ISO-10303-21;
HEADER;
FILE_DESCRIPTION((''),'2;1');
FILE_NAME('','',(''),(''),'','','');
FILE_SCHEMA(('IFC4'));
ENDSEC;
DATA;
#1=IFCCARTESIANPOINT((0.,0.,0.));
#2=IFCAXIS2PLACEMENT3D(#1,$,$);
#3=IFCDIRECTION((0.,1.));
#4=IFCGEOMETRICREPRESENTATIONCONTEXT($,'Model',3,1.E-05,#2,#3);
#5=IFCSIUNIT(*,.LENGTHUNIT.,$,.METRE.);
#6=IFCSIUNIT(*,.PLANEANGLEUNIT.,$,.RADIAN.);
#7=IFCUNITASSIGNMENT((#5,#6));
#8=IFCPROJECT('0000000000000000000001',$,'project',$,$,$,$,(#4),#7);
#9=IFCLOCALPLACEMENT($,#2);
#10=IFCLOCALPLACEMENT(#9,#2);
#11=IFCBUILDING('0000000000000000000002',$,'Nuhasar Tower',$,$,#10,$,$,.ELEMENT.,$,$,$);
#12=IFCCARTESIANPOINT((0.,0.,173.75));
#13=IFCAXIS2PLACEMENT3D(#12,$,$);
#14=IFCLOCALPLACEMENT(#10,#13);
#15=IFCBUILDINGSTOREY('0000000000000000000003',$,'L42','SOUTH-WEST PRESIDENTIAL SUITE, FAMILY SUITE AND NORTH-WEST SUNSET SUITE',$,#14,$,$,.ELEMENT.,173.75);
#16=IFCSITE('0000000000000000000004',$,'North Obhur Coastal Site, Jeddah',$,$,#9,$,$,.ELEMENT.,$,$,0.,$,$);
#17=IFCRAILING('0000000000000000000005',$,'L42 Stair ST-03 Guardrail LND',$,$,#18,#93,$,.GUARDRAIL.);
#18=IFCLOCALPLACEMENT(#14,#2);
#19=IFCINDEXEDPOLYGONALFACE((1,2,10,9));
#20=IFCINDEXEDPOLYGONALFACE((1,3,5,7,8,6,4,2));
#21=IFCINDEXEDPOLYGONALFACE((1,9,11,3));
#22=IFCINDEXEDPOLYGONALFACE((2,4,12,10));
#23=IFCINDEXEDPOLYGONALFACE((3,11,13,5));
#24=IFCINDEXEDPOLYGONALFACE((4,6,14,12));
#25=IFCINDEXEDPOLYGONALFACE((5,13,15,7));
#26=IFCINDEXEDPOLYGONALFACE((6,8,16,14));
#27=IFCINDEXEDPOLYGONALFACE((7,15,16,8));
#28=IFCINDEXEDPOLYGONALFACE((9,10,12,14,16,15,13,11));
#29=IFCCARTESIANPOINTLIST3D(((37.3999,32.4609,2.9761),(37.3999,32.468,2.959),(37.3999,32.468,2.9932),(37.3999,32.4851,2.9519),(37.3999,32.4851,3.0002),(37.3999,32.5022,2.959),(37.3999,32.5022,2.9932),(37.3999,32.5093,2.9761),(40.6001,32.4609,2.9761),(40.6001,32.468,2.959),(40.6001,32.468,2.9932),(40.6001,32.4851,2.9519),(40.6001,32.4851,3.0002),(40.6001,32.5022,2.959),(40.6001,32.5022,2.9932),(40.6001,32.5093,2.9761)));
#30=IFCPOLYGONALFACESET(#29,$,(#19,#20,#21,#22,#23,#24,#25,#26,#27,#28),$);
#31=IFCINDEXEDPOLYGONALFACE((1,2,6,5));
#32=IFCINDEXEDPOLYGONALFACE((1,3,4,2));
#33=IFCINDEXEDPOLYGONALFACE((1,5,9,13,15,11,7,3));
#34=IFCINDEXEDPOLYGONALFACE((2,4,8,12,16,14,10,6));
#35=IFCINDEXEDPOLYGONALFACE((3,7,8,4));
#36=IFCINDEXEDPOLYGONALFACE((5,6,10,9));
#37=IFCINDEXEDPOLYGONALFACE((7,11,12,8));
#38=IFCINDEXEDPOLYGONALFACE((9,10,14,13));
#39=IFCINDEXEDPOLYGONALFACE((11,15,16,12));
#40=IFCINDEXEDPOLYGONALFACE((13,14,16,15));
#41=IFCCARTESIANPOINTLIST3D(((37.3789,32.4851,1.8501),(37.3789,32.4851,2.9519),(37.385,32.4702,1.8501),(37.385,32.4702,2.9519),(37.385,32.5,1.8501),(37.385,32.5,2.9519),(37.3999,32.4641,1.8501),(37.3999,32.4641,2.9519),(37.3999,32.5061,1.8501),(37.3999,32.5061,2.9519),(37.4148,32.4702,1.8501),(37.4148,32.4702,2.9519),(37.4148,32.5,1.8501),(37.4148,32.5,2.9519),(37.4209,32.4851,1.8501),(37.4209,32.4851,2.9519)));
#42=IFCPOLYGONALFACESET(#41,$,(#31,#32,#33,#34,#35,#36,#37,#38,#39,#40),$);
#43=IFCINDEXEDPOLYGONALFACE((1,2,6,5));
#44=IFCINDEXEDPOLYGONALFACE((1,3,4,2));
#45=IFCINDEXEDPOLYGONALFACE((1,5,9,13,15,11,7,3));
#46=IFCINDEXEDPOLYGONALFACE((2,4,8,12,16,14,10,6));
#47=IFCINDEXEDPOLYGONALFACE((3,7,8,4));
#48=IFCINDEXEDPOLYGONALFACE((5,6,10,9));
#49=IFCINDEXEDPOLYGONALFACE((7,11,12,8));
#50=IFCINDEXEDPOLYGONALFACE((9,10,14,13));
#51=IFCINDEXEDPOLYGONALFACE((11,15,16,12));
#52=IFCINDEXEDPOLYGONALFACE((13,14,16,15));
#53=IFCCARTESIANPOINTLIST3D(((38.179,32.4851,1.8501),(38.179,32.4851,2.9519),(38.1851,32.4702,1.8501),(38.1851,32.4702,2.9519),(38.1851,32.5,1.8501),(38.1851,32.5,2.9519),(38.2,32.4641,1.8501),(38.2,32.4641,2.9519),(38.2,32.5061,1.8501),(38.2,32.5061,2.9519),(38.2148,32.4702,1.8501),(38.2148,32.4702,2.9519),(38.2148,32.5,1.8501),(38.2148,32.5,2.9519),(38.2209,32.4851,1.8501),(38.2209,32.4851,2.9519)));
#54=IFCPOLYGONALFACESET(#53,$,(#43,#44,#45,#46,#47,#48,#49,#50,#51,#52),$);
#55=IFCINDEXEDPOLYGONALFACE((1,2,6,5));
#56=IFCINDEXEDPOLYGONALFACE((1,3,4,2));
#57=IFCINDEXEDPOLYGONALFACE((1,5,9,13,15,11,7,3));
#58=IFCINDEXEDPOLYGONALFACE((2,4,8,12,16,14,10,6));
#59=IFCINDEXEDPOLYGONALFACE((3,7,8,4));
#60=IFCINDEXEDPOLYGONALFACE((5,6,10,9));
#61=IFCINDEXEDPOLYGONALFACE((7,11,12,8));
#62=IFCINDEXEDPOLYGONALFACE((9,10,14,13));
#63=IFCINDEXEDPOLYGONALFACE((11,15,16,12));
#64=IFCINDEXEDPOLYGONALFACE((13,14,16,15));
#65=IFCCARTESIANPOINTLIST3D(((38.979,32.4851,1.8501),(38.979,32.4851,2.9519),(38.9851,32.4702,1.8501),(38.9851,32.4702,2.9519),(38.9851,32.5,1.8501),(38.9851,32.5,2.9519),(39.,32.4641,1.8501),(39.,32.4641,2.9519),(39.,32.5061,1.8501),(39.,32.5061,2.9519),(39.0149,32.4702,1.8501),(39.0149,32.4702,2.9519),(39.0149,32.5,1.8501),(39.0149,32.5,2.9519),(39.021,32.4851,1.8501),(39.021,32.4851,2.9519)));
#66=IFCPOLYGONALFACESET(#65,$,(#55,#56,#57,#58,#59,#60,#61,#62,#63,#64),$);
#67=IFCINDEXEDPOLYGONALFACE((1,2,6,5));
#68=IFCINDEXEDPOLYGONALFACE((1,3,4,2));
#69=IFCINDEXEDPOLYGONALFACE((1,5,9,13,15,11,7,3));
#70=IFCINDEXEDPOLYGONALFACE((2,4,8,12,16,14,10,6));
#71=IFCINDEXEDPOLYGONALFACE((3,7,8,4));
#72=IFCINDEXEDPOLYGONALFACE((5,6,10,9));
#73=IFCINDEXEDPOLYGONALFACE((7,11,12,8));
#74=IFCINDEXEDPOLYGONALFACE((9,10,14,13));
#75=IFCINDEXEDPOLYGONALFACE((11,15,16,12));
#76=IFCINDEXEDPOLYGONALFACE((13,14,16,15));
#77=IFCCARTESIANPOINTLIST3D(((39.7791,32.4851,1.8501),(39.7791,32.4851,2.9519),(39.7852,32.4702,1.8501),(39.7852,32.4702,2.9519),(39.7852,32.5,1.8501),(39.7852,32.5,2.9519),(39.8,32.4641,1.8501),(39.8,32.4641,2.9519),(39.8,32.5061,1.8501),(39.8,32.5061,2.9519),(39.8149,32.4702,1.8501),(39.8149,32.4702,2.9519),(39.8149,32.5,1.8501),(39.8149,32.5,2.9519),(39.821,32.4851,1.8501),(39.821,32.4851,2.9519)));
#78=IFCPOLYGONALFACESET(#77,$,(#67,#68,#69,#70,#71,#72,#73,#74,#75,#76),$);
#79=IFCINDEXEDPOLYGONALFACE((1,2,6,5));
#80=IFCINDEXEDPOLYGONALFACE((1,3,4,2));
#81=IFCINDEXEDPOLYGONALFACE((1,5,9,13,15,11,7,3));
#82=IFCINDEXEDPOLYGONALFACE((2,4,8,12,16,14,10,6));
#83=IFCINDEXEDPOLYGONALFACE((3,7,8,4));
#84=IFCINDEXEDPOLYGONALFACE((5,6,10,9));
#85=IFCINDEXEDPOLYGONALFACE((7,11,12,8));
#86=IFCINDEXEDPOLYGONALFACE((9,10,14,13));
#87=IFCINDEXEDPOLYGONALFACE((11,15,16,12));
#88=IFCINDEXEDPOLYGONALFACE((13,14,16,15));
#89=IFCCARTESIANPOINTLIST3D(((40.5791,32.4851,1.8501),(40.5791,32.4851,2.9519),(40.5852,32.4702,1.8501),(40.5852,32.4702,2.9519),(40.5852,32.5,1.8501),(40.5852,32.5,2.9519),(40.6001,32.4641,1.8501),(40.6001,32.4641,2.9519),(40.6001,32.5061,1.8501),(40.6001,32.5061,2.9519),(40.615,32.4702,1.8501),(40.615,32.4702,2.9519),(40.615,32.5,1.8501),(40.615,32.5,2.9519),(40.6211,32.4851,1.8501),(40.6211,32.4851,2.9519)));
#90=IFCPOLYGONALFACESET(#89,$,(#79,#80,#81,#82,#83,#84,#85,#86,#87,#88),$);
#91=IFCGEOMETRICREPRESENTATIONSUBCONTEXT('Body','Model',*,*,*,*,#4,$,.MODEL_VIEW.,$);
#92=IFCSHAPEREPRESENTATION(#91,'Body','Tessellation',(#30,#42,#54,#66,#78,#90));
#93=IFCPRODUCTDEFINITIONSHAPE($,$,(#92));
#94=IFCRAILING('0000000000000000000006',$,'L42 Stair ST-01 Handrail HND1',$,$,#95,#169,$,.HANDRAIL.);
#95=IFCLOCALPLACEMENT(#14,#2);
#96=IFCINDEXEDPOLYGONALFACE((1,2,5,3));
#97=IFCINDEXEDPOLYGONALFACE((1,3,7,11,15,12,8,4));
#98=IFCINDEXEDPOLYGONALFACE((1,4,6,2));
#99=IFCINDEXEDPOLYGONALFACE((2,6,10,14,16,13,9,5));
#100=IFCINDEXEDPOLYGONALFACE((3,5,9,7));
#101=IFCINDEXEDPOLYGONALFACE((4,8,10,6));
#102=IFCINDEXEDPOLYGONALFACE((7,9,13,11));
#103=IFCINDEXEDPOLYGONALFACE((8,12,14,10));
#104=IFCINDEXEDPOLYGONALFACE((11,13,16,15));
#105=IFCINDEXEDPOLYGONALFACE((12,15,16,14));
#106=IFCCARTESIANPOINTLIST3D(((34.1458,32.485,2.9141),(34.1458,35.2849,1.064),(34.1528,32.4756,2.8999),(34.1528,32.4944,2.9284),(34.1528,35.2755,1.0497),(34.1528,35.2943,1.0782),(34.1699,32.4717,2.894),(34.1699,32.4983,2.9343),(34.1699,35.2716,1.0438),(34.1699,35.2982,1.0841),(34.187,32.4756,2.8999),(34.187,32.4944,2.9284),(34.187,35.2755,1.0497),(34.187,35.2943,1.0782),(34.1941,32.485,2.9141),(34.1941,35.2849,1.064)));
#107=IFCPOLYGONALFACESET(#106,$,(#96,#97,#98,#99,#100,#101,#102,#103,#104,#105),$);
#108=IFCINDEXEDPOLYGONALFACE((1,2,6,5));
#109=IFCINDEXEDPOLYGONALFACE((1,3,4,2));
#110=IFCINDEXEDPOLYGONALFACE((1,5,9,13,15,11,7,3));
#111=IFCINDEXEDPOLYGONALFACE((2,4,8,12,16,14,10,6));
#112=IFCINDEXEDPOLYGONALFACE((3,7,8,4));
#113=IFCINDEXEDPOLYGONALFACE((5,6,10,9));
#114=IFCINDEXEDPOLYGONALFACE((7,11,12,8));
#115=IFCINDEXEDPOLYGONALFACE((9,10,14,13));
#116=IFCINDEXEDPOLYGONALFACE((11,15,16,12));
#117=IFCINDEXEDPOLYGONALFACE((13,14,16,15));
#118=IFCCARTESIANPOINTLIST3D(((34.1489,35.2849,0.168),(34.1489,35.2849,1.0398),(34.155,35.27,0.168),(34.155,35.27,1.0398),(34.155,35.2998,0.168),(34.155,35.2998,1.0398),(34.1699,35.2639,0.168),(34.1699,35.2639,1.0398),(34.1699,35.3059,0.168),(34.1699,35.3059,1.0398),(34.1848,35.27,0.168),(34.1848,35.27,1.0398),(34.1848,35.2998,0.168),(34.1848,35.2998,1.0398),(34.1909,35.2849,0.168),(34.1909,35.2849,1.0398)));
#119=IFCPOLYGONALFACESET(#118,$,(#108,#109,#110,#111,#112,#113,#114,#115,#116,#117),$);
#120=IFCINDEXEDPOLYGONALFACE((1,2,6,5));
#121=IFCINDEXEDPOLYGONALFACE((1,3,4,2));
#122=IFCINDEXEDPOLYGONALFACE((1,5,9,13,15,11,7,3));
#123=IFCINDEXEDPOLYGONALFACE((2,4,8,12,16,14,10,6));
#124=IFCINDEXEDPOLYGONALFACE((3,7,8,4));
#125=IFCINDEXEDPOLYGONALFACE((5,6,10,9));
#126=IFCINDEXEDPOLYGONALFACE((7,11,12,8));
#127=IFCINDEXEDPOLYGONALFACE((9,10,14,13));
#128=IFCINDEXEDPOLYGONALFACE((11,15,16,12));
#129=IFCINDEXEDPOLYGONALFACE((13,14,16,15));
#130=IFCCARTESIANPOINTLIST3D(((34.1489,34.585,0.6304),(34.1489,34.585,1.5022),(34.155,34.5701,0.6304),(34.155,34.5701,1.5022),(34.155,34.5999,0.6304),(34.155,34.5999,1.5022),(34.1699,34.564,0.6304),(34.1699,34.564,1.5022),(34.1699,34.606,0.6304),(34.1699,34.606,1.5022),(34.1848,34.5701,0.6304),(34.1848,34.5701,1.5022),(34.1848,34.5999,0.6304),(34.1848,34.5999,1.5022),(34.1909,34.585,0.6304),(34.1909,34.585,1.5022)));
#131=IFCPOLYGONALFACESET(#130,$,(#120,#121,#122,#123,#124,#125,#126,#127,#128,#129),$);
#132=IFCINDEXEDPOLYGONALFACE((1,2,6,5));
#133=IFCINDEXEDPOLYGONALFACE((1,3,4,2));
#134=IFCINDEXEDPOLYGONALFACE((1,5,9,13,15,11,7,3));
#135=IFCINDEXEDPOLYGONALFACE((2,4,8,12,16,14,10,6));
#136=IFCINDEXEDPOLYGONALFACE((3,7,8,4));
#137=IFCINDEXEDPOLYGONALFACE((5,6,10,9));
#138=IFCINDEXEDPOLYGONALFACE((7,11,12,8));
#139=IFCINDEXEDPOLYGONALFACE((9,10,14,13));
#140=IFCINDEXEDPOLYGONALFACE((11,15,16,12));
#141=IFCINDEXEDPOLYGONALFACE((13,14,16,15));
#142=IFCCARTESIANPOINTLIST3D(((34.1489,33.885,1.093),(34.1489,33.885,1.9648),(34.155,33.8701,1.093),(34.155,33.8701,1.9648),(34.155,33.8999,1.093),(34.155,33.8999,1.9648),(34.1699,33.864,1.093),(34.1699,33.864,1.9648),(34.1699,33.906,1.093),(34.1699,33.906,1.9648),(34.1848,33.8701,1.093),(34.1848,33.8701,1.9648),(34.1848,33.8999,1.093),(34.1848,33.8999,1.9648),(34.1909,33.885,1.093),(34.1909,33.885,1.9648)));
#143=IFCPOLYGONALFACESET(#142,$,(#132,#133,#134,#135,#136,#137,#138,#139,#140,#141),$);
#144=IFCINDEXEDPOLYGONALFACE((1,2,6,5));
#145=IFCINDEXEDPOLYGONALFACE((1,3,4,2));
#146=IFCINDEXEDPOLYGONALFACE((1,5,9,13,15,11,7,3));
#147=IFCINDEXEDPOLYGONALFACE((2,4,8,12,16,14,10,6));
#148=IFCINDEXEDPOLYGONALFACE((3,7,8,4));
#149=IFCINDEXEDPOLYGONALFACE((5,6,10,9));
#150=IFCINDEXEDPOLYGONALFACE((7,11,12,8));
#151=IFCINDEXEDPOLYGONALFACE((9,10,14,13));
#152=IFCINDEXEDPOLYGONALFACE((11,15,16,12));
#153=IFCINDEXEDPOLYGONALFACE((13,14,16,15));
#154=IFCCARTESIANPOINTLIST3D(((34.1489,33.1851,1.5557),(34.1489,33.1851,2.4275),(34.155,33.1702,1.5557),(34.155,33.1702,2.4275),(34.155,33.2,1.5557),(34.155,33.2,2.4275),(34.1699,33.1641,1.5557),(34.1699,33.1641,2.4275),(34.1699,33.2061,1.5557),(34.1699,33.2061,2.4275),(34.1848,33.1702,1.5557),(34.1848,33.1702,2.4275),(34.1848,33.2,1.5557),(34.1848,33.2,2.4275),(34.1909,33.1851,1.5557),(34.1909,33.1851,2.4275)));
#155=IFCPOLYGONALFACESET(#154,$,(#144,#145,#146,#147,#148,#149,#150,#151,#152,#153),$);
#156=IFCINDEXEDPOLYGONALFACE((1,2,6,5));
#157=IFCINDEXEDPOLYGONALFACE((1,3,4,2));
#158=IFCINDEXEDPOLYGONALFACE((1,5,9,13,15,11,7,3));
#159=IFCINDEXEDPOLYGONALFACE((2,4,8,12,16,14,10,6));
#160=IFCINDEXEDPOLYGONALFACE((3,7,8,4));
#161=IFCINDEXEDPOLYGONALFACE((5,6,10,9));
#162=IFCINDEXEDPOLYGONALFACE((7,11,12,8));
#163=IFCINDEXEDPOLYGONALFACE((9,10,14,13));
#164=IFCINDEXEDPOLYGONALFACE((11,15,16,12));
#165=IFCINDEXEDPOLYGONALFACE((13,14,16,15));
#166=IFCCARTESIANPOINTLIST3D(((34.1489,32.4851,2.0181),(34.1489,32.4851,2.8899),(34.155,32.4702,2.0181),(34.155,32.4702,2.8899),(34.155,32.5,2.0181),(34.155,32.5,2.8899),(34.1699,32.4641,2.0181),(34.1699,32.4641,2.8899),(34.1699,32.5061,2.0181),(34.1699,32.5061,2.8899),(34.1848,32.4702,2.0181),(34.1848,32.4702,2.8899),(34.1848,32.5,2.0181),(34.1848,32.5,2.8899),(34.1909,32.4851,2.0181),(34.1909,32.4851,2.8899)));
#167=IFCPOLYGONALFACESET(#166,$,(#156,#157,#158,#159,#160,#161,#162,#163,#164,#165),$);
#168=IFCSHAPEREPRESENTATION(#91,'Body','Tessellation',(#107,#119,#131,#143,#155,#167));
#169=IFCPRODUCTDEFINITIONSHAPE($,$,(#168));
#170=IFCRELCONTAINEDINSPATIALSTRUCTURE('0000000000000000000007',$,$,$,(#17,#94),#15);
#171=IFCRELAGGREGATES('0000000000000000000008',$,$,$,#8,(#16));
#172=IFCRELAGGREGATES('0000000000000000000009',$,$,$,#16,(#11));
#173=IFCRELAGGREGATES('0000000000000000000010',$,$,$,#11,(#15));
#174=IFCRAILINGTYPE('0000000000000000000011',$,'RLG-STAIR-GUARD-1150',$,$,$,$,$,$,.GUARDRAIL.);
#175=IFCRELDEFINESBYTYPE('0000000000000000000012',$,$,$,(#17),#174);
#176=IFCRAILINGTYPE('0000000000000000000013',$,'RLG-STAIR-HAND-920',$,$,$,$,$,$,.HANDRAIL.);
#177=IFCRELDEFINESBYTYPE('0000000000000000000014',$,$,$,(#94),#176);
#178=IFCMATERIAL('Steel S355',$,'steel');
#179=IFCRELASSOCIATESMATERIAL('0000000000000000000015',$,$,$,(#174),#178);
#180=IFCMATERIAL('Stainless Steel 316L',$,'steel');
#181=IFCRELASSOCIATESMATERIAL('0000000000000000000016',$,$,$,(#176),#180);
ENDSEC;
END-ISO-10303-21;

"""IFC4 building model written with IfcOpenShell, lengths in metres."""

from ifc_helpers import new_model, si_unit, direction, frame, origin, place, context, subcontext, project, spatial, polyline, outline, extrude, material, type_object, element, save


model = new_model("IFC4")

# Units and contexts
model_context = context("Model", 3, precision=1e-05, world=origin(), true_north=direction((0.0, 1.0)))
body_context = subcontext(model_context, "Body", "Model", "MODEL_VIEW")
ifc_project = project(units=[si_unit("LENGTHUNIT", "METRE"), si_unit("PLANEANGLEUNIT", "RADIAN")], contexts=[model_context])

# Site, building, storey
site_placement = place(None, origin())
site = spatial("IfcSite", under=ifc_project, at=site_placement, Name="North Obhur Coastal Site, Jeddah", CompositionType="ELEMENT", RefElevation=0.0)
building_placement = place(site_placement, origin())
building = spatial("IfcBuilding", under=site, at=building_placement, Name="Nuhasar Tower", CompositionType="ELEMENT")
storey_placement = place(building_placement, frame((0.0, 0.0, 173.75)))
storey = spatial("IfcBuildingStorey", under=building, at=storey_placement, Name="L42", Description="SOUTH-WEST PRESIDENTIAL SUITE, FAMILY SUITE AND NORTH-WEST SUNSET SUITE", CompositionType="ELEMENT", Elevation=173.75)

# Shared definitions
ifc_material_1 = material(Name="Steel S355", Category="steel")

# Railings
railing_type_1 = type_object("IfcRailingType", Name="RLG-STAIR-GUARD-1150", PredefinedType="GUARDRAIL", material=ifc_material_1)
railing_1_placement = place(storey_placement, frame((37.3999, 32.4851, 1.8501)))
element("IfcRailing", 1, at=railing_1_placement, inside=storey, type_object=railing_type_1, Name="L42 Stair ST-03 Guardrail LND", PredefinedType="GUARDRAIL", context=body_context, shape_type="SweptSolid", body=[
    extrude(outline(polyline([(0.0242, 0.0), (0.0171, 0.0171), (0.0, 0.0242), (-0.0171, 0.0171), (-0.0242, 0.0), (-0.0171, -0.0171), (0.0, -0.0242), (0.0171, -0.0171), (0.0242, 0.0)])), frame((0.0, 0.0, 1.126), z_axis=(1.0, 0.0, 0.0), x_axis=(0.0, 1.0, 0.0)), (0.0, 0.0, 1.0), 3.2002),
    extrude(outline(polyline([(0.021, 0.0), (0.0149, 0.0149), (0.0, 0.021), (-0.0149, 0.0149), (-0.021, 0.0), (-0.0149, -0.0149), (0.0, -0.021), (0.0149, -0.0149), (0.021, 0.0)])), origin(), (0.0, 0.0, 1.0), 1.1018),
    extrude(outline(polyline([(0.021, 0.0), (0.0149, 0.0149), (0.0, 0.021), (-0.0149, 0.0149), (-0.021, 0.0), (-0.0149, -0.0149), (0.0, -0.021), (0.0149, -0.0149), (0.021, 0.0)])), frame((0.8, 0.0, 0.0)), (0.0, 0.0, 1.0), 1.1018),
    extrude(outline(polyline([(0.021, 0.0), (0.0149, 0.0149), (0.0, 0.021), (-0.0149, 0.0149), (-0.021, 0.0), (-0.0149, -0.0149), (0.0, -0.021), (0.0149, -0.0149), (0.021, 0.0)])), frame((1.6001, 0.0, 0.0)), (0.0, 0.0, 1.0), 1.1018),
    extrude(outline(polyline([(0.021, 0.0), (0.0149, 0.0149), (0.0, 0.021), (-0.0149, 0.0149), (-0.021, 0.0), (-0.0149, -0.0149), (0.0, -0.021), (0.0149, -0.0149), (0.021, 0.0)])), frame((2.4001, 0.0, 0.0)), (0.0, 0.0, 1.0), 1.1018),
    extrude(outline(polyline([(0.021, 0.0), (0.0149, 0.0149), (0.0, 0.021), (-0.0149, 0.0149), (-0.021, 0.0), (-0.0149, -0.0149), (0.0, -0.021), (0.0149, -0.0149), (0.021, 0.0)])), frame((3.2002, 0.0, 0.0)), (0.0, 0.0, 1.0), 1.1018),
])
ifc_material_2 = material(Name="Stainless Steel 316L", Category="steel")
railing_type_2 = type_object("IfcRailingType", Name="RLG-STAIR-HAND-920", PredefinedType="HANDRAIL", material=ifc_material_2)
railing_2_placement = place(storey_placement, frame((34.1699, 35.2849, 0.168)))
element("IfcRailing", 2, at=railing_2_placement, inside=storey, type_object=railing_type_2, Name="L42 Stair ST-01 Handrail HND1", PredefinedType="HANDRAIL", context=body_context, shape_type="SweptSolid", body=[
    extrude(outline(polyline([(0.0242, 0.0), (0.0171, 0.0171), (0.0, 0.0242), (-0.0171, 0.0171), (-0.0242, 0.0), (-0.0171, -0.0171), (0.0, -0.0242), (0.0171, -0.0171), (0.0242, 0.0)])), frame((0.0, 0.0, 0.896), z_axis=(0.0, -0.834304, 0.551304), x_axis=(1.0, 0.0, 0.0)), (0.0, 0.0, 1.0), 3.356),
    extrude(outline(polyline([(0.021, 0.0), (0.0149, 0.0149), (0.0, 0.021), (-0.0149, 0.0149), (-0.021, 0.0), (-0.0149, -0.0149), (0.0, -0.021), (0.0149, -0.0149), (0.021, 0.0)])), origin(), (0.0, 0.0, 1.0), 0.8718),
    extrude(outline(polyline([(0.021, 0.0), (0.0149, 0.0149), (0.0, 0.021), (-0.0149, 0.0149), (-0.021, 0.0), (-0.0149, -0.0149), (0.0, -0.021), (0.0149, -0.0149), (0.021, 0.0)])), frame((0.0, -0.7, 0.4624)), (0.0, 0.0, 1.0), 0.8718),
    extrude(outline(polyline([(0.021, 0.0), (0.0149, 0.0149), (0.0, 0.021), (-0.0149, 0.0149), (-0.021, 0.0), (-0.0149, -0.0149), (0.0, -0.021), (0.0149, -0.0149), (0.021, 0.0)])), frame((0.0, -1.3999, 0.925)), (0.0, 0.0, 1.0), 0.8718),
    extrude(outline(polyline([(0.021, 0.0), (0.0149, 0.0149), (0.0, 0.021), (-0.0149, 0.0149), (-0.021, 0.0), (-0.0149, -0.0149), (0.0, -0.021), (0.0149, -0.0149), (0.021, 0.0)])), frame((0.0, -2.0999, 1.3877)), (0.0, 0.0, 1.0), 0.8718),
    extrude(outline(polyline([(0.021, 0.0), (0.0149, 0.0149), (0.0, 0.021), (-0.0149, 0.0149), (-0.021, 0.0), (-0.0149, -0.0149), (0.0, -0.021), (0.0149, -0.0149), (0.021, 0.0)])), frame((0.0, -2.7998, 1.8501)), (0.0, 0.0, 1.0), 0.8718),
])

save(model, "model.ifc")
